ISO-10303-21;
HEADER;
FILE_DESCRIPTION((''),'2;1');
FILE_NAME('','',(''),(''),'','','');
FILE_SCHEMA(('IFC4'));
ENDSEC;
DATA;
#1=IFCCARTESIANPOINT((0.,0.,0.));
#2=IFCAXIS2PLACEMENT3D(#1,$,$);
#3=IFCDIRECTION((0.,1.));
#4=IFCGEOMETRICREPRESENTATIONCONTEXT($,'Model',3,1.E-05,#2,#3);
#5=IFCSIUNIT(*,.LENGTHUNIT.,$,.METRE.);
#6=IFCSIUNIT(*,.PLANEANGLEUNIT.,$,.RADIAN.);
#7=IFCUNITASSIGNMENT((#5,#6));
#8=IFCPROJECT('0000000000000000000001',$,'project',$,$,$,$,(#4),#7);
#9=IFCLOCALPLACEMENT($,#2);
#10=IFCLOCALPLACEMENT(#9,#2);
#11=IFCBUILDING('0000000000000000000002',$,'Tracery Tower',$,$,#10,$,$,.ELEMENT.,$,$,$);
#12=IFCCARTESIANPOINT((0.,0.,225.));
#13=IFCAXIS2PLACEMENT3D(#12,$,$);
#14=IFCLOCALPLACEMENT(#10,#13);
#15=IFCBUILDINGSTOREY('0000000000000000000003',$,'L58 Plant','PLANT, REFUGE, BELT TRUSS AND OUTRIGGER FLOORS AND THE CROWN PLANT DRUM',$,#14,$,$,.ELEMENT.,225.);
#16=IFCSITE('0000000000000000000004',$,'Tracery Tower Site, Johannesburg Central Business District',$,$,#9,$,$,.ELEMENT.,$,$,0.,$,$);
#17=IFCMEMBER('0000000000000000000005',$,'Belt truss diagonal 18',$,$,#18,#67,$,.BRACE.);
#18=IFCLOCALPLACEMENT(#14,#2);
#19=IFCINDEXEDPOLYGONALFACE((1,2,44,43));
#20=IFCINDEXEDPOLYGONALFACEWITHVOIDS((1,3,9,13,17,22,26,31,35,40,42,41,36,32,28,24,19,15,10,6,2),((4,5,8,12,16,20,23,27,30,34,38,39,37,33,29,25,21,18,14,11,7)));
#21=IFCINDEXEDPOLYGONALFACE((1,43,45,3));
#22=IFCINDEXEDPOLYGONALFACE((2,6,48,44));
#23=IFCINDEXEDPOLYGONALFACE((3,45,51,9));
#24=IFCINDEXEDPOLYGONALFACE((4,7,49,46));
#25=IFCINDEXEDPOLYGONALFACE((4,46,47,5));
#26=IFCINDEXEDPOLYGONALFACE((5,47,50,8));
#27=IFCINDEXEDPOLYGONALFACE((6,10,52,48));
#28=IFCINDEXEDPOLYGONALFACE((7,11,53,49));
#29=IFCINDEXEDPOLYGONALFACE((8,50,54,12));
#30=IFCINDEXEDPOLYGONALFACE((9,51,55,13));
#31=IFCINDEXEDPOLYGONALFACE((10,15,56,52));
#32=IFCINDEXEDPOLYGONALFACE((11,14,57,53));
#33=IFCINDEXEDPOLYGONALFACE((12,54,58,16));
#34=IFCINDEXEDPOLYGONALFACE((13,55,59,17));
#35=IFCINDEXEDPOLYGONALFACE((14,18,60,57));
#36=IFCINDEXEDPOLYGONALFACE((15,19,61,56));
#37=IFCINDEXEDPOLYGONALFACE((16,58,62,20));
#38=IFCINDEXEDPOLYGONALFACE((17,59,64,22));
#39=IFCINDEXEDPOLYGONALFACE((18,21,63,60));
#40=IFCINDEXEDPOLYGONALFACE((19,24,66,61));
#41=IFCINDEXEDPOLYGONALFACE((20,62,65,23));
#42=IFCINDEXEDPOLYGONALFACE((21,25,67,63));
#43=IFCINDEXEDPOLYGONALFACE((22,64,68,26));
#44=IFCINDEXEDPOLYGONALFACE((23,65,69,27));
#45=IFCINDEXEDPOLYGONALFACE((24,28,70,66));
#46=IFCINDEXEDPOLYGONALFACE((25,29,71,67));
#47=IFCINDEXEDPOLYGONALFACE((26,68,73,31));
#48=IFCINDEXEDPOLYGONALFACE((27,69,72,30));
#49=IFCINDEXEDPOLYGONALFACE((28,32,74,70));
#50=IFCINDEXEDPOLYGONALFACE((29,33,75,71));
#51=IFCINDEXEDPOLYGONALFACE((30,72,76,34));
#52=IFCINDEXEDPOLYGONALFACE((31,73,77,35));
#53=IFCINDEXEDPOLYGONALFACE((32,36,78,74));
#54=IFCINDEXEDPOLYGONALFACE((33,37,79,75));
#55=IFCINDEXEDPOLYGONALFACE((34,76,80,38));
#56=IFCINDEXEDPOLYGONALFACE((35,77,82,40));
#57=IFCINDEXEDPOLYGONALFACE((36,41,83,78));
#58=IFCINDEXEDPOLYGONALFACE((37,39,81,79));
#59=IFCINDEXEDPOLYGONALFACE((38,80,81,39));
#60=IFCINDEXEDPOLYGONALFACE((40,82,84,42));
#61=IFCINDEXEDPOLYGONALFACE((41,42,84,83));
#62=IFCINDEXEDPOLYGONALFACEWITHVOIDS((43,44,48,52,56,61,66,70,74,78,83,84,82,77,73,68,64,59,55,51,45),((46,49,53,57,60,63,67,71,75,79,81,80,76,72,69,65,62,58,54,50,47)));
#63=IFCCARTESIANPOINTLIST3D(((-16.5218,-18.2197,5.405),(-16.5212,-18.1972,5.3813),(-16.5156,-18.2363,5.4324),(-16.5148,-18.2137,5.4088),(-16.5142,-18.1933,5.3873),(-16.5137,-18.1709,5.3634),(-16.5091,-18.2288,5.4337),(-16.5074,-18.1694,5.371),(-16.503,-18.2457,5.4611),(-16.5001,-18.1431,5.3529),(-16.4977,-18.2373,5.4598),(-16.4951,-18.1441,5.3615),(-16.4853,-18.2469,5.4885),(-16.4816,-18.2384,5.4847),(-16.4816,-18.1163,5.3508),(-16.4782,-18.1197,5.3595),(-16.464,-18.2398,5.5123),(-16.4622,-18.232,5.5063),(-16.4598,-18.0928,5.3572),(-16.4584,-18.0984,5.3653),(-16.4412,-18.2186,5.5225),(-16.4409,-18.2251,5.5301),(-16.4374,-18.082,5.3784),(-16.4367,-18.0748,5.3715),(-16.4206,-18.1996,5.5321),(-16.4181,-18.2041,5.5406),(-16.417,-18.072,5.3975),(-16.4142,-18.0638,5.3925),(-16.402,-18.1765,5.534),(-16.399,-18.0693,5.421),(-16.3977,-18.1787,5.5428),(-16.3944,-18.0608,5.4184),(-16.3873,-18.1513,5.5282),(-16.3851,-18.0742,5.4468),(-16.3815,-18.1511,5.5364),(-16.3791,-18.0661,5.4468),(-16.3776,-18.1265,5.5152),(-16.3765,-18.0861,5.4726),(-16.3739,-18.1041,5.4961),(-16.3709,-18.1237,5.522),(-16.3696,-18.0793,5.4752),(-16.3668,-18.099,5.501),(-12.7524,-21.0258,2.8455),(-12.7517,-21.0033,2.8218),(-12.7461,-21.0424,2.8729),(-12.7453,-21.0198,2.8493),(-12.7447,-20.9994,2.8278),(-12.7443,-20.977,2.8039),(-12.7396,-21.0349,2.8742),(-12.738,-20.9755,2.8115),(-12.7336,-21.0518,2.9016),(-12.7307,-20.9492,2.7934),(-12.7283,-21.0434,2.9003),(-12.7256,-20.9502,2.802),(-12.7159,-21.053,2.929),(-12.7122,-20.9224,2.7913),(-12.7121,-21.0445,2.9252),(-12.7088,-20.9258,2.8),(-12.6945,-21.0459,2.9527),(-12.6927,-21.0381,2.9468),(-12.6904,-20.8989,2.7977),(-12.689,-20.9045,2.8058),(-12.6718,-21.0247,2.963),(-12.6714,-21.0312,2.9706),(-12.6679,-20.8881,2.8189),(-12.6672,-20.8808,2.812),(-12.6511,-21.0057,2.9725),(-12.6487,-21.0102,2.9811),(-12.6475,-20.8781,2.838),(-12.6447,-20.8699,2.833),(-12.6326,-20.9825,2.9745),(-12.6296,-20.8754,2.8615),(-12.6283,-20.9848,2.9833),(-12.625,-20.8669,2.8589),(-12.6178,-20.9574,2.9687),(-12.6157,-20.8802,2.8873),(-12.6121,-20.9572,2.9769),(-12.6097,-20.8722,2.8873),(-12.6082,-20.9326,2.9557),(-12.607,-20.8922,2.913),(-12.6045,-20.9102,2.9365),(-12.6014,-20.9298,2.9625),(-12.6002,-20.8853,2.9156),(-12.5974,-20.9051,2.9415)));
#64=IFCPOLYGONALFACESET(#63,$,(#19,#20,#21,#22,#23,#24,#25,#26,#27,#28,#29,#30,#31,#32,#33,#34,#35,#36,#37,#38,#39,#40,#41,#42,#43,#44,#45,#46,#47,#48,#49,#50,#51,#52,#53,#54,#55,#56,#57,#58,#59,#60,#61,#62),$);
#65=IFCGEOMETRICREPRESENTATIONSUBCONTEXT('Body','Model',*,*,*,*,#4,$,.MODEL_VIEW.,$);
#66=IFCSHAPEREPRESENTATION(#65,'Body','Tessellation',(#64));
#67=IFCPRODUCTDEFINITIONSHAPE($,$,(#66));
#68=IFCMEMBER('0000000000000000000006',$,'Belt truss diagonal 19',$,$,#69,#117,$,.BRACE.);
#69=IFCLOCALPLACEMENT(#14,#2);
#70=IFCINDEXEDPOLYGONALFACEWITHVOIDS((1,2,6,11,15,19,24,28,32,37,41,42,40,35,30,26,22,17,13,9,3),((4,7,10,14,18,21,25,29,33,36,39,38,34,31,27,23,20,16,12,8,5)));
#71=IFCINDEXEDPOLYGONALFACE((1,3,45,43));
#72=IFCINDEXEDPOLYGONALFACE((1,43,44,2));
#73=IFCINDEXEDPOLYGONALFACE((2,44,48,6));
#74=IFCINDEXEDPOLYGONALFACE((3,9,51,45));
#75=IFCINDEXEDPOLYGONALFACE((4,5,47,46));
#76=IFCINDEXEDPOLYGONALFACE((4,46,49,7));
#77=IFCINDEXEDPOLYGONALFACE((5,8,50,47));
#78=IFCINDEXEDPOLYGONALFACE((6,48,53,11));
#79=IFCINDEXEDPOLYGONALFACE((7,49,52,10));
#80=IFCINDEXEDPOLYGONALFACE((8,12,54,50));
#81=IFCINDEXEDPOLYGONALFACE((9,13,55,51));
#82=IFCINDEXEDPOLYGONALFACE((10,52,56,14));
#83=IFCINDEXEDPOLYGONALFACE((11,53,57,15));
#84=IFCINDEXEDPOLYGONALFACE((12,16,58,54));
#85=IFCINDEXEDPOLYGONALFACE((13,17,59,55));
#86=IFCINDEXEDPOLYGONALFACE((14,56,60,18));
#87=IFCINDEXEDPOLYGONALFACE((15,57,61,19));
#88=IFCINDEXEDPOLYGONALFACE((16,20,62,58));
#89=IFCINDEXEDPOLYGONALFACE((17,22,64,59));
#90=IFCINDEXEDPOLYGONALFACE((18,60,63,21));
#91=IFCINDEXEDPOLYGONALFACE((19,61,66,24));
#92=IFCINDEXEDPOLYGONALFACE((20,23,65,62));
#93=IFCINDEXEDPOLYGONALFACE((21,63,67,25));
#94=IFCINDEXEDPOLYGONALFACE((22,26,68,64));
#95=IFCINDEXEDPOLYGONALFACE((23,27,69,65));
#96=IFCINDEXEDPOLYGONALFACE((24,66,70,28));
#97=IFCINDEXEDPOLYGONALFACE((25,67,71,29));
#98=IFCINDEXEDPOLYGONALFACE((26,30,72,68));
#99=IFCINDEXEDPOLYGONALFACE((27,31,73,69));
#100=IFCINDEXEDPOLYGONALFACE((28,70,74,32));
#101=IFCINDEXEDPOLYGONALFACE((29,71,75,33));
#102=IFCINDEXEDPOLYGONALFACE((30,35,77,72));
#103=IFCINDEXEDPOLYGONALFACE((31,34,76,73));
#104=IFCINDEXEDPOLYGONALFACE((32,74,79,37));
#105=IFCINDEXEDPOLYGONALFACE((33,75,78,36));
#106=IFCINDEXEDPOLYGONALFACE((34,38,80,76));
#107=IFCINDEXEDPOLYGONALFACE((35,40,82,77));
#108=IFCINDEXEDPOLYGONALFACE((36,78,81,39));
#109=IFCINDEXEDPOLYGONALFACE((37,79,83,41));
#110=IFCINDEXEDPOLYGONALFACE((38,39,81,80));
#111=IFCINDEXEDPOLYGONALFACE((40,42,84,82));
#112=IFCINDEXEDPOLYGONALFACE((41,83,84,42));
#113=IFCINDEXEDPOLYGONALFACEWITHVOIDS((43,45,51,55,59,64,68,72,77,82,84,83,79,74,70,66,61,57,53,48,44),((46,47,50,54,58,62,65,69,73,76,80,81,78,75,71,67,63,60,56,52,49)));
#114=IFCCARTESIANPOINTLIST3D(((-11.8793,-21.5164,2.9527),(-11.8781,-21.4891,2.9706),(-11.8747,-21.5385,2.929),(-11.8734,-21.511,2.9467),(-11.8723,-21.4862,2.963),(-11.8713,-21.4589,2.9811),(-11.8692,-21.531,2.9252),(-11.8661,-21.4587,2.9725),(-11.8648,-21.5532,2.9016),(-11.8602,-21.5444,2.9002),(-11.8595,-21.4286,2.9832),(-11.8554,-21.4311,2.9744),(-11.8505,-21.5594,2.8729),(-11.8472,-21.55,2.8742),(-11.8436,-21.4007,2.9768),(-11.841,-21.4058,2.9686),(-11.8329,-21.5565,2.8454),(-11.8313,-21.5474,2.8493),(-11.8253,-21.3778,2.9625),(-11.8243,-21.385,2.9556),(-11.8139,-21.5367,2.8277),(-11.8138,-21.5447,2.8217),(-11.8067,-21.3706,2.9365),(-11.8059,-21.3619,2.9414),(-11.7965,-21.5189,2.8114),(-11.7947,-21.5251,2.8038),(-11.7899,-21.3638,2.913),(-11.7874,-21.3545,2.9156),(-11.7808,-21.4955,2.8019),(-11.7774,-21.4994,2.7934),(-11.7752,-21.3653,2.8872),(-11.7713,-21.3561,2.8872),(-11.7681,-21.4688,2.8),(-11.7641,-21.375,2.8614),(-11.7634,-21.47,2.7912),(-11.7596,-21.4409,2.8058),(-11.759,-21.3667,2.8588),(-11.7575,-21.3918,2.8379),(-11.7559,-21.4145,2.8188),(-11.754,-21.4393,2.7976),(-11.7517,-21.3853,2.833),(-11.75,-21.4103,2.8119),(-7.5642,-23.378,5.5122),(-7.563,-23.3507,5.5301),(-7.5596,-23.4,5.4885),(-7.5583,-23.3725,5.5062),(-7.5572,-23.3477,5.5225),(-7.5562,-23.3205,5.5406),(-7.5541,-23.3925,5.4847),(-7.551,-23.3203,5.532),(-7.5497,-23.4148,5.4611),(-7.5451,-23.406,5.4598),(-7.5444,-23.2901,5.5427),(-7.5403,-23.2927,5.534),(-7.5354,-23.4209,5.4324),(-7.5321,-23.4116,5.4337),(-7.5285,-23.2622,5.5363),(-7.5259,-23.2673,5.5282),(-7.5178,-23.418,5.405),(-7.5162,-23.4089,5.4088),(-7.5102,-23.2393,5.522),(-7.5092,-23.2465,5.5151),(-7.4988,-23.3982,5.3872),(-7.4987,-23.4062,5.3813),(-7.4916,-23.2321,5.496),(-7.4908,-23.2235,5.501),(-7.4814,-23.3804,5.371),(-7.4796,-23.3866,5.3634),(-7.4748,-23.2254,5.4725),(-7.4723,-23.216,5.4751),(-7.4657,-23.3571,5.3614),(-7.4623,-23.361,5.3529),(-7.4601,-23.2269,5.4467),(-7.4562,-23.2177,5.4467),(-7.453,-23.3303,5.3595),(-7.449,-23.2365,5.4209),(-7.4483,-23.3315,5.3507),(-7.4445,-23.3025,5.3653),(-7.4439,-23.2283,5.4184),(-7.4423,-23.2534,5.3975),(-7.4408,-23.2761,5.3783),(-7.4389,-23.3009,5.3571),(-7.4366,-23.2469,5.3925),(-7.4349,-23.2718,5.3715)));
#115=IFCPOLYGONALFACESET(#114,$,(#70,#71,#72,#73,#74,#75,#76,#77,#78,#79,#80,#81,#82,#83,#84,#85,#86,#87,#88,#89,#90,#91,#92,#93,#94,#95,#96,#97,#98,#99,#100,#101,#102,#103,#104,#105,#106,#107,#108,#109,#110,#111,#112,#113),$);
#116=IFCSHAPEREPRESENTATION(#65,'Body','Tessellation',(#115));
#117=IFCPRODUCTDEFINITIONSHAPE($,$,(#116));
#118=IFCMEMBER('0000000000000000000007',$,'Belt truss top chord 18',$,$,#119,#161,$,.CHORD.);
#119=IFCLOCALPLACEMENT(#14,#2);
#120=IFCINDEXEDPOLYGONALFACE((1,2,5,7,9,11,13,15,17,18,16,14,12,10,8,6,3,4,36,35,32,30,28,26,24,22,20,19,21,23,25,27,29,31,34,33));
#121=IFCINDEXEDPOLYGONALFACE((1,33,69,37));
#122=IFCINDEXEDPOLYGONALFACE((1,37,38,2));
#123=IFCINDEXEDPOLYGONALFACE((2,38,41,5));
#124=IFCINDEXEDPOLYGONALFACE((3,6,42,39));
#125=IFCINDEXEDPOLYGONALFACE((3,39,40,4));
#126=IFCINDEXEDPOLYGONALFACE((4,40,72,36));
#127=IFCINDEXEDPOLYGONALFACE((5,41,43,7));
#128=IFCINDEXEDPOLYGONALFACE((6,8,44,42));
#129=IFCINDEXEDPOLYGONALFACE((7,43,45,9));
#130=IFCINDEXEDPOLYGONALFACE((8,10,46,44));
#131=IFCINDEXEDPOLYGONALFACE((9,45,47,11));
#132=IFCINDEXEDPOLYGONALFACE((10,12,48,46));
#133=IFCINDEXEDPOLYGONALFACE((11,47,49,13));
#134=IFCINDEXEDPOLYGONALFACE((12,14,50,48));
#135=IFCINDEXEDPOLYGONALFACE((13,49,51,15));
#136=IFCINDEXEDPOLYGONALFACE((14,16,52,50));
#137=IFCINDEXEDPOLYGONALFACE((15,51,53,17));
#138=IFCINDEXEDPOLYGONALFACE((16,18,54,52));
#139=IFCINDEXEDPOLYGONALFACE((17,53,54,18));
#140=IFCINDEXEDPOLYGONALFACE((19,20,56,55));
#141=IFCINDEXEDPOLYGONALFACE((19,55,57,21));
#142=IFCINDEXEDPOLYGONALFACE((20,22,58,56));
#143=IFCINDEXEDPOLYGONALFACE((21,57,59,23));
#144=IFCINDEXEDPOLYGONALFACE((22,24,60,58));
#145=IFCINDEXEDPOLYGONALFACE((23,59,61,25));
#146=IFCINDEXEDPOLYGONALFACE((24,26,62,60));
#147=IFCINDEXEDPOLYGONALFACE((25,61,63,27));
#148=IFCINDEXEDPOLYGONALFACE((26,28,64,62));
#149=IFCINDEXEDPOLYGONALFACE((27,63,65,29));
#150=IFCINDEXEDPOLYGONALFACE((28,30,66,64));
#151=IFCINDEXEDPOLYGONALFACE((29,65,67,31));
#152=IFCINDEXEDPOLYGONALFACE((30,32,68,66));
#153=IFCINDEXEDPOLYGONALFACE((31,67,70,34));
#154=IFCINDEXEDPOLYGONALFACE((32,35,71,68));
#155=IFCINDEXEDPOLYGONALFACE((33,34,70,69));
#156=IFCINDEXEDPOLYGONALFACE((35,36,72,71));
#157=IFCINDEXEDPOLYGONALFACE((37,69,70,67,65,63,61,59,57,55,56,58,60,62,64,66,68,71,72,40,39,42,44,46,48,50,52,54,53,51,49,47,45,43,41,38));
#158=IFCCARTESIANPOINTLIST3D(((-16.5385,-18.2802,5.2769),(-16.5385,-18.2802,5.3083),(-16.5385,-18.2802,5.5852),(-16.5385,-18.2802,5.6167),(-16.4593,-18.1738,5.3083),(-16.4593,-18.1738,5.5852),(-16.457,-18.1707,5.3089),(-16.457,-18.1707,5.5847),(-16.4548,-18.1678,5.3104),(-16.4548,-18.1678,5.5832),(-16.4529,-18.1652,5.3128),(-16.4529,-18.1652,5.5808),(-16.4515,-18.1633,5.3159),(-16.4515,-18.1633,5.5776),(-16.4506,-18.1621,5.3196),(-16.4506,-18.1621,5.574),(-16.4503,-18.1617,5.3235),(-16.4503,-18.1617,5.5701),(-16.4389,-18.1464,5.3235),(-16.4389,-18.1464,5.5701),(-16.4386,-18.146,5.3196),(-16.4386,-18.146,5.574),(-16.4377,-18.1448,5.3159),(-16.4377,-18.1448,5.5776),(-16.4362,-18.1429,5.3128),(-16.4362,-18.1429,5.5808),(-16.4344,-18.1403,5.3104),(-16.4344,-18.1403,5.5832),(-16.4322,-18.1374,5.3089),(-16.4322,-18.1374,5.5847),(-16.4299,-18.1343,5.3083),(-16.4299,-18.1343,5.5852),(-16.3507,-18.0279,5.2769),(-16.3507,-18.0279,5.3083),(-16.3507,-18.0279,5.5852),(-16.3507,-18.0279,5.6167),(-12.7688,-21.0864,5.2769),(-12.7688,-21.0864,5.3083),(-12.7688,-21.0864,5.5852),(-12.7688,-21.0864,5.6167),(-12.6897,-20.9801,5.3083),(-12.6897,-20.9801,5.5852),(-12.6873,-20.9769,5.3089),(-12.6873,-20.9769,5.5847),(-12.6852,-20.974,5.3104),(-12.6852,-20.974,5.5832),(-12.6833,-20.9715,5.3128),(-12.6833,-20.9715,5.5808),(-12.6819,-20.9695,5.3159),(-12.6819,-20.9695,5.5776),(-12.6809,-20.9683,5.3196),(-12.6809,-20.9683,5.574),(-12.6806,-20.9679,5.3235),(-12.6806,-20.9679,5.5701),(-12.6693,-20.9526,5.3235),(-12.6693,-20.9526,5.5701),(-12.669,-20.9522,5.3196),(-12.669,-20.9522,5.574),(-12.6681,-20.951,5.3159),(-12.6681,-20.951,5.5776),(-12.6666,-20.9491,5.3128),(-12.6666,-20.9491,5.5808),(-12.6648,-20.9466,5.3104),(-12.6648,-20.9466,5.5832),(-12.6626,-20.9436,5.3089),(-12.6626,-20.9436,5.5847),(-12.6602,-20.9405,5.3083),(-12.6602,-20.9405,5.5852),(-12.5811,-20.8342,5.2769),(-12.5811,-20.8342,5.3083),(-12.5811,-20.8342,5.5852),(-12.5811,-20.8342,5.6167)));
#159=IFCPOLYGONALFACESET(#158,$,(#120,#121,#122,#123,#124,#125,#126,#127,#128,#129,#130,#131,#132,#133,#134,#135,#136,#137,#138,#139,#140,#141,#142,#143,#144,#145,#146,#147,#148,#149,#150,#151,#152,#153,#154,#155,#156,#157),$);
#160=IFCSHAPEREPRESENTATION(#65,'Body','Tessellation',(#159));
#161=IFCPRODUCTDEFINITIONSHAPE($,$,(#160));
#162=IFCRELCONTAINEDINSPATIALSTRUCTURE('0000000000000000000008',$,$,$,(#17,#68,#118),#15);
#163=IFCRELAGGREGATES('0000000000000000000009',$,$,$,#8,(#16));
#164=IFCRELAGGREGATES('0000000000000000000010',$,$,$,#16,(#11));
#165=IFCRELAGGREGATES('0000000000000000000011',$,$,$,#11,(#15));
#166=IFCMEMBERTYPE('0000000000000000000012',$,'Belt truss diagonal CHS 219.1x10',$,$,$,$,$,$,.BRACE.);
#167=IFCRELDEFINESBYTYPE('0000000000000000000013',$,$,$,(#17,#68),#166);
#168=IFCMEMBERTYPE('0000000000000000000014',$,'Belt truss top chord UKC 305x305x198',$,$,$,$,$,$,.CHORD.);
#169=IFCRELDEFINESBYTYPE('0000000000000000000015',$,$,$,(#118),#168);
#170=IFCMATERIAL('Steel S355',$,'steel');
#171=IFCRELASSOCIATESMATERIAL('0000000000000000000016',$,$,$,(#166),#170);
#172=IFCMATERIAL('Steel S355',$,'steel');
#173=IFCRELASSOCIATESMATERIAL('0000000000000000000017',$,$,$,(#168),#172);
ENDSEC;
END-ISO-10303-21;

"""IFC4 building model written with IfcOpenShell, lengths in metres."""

from ifc_helpers import new_model, si_unit, direction, frame, origin, origin_2d, place, context, subcontext, project, spatial, hollow_circle, i_section, extrude, material, material_profile, profile_set, type_object, element, save


model = new_model("IFC4")

# Units and contexts
model_context = context("Model", 3, precision=1e-05, world=origin(), true_north=direction((0.0, 1.0)))
body_context = subcontext(model_context, "Body", "Model", "MODEL_VIEW")
ifc_project = project(units=[si_unit("LENGTHUNIT", "METRE"), si_unit("PLANEANGLEUNIT", "RADIAN")], contexts=[model_context])

# Site, building, storey
site_placement = place(None, origin())
site = spatial("IfcSite", under=ifc_project, at=site_placement, Name="Tracery Tower Site, Johannesburg Central Business District", CompositionType="ELEMENT", RefElevation=0.0)
building_placement = place(site_placement, origin())
building = spatial("IfcBuilding", under=site, at=building_placement, Name="Tracery Tower", CompositionType="ELEMENT")
storey_placement = place(building_placement, frame((0.0, 0.0, 225.0)))
storey = spatial("IfcBuildingStorey", under=building, at=storey_placement, Name="L58 Plant", Description="PLANT, REFUGE, BELT TRUSS AND OUTRIGGER FLOORS AND THE CROWN PLANT DRUM", CompositionType="ELEMENT", Elevation=225.0)

# Members
ifc_material_1 = material(Name="Steel S355", Category="steel")
ifc_material_profile_1 = material_profile(ifc_material_1, hollow_circle(Radius=0.1096, WallThickness=0.01, at=origin_2d()), Name="CHS 219.1x10")
ifc_profile_set_1 = profile_set([ifc_material_profile_1], Name="Steel S355")
member_type_1 = type_object("IfcMemberType", Name="Belt truss diagonal CHS 219.1x10", PredefinedType="BRACE", material=ifc_profile_set_1)
member_1_placement = place(storey_placement, frame((-16.4446, -18.1541, 5.4468), z_axis=(0.704428, -0.524398, -0.478318), x_axis=(0.597137, 0.802139, 0.0)))
element("IfcMember", 1, at=member_1_placement, inside=storey, type_object=member_type_1, Name="Belt truss diagonal 18", PredefinedType="BRACE", context=body_context, shape_type="SweptSolid", body=[
    extrude(hollow_circle(Radius=0.1096, WallThickness=0.01, at=origin_2d()), origin(), (0.0, 0.0, 1.0), 5.3511),
])
member_2_placement = place(storey_placement, frame((-11.8147, -21.4568, 2.8872), z_axis=(0.806363, -0.347865, 0.478298), x_axis=(0.396113, 0.918202, 0.0)))
element("IfcMember", 2, at=member_2_placement, inside=storey, type_object=member_type_1, Name="Belt truss diagonal 19", PredefinedType="BRACE", context=body_context, shape_type="SweptSolid", body=[
    extrude(hollow_circle(Radius=0.1096, WallThickness=0.01, at=origin_2d()), origin(), (0.0, 0.0, 1.0), 5.3513),
])
ifc_material_2 = material(Name="Steel S355", Category="steel")
ifc_material_profile_2 = material_profile(ifc_material_2, i_section(OverallWidth=0.3145, OverallDepth=0.3398, WebThickness=0.019, FlangeThickness=0.0315, FilletRadius=0.0151, at=origin_2d()), Name="UKC 305x305x198")
ifc_profile_set_2 = profile_set([ifc_material_profile_2], Name="Steel S355")
member_type_2 = type_object("IfcMemberType", Name="Belt truss top chord UKC 305x305x198", PredefinedType="CHORD", material=ifc_profile_set_2)
member_3_placement = place(storey_placement, frame((-16.4446, -18.1541, 5.4468), z_axis=(0.802139, -0.597137, 0.0), x_axis=(0.597137, 0.802139, 0.0)))
element("IfcMember", 3, at=member_3_placement, inside=storey, type_object=member_type_2, Name="Belt truss top chord 18", PredefinedType="CHORD", context=body_context, shape_type="SweptSolid", body=[
    extrude(i_section(OverallWidth=0.3145, OverallDepth=0.3398, WebThickness=0.019, FlangeThickness=0.0315, FilletRadius=0.0151, at=origin_2d()), origin(), (0.0, 0.0, 1.0), 4.6995),
])

save(model, "model.ifc")
